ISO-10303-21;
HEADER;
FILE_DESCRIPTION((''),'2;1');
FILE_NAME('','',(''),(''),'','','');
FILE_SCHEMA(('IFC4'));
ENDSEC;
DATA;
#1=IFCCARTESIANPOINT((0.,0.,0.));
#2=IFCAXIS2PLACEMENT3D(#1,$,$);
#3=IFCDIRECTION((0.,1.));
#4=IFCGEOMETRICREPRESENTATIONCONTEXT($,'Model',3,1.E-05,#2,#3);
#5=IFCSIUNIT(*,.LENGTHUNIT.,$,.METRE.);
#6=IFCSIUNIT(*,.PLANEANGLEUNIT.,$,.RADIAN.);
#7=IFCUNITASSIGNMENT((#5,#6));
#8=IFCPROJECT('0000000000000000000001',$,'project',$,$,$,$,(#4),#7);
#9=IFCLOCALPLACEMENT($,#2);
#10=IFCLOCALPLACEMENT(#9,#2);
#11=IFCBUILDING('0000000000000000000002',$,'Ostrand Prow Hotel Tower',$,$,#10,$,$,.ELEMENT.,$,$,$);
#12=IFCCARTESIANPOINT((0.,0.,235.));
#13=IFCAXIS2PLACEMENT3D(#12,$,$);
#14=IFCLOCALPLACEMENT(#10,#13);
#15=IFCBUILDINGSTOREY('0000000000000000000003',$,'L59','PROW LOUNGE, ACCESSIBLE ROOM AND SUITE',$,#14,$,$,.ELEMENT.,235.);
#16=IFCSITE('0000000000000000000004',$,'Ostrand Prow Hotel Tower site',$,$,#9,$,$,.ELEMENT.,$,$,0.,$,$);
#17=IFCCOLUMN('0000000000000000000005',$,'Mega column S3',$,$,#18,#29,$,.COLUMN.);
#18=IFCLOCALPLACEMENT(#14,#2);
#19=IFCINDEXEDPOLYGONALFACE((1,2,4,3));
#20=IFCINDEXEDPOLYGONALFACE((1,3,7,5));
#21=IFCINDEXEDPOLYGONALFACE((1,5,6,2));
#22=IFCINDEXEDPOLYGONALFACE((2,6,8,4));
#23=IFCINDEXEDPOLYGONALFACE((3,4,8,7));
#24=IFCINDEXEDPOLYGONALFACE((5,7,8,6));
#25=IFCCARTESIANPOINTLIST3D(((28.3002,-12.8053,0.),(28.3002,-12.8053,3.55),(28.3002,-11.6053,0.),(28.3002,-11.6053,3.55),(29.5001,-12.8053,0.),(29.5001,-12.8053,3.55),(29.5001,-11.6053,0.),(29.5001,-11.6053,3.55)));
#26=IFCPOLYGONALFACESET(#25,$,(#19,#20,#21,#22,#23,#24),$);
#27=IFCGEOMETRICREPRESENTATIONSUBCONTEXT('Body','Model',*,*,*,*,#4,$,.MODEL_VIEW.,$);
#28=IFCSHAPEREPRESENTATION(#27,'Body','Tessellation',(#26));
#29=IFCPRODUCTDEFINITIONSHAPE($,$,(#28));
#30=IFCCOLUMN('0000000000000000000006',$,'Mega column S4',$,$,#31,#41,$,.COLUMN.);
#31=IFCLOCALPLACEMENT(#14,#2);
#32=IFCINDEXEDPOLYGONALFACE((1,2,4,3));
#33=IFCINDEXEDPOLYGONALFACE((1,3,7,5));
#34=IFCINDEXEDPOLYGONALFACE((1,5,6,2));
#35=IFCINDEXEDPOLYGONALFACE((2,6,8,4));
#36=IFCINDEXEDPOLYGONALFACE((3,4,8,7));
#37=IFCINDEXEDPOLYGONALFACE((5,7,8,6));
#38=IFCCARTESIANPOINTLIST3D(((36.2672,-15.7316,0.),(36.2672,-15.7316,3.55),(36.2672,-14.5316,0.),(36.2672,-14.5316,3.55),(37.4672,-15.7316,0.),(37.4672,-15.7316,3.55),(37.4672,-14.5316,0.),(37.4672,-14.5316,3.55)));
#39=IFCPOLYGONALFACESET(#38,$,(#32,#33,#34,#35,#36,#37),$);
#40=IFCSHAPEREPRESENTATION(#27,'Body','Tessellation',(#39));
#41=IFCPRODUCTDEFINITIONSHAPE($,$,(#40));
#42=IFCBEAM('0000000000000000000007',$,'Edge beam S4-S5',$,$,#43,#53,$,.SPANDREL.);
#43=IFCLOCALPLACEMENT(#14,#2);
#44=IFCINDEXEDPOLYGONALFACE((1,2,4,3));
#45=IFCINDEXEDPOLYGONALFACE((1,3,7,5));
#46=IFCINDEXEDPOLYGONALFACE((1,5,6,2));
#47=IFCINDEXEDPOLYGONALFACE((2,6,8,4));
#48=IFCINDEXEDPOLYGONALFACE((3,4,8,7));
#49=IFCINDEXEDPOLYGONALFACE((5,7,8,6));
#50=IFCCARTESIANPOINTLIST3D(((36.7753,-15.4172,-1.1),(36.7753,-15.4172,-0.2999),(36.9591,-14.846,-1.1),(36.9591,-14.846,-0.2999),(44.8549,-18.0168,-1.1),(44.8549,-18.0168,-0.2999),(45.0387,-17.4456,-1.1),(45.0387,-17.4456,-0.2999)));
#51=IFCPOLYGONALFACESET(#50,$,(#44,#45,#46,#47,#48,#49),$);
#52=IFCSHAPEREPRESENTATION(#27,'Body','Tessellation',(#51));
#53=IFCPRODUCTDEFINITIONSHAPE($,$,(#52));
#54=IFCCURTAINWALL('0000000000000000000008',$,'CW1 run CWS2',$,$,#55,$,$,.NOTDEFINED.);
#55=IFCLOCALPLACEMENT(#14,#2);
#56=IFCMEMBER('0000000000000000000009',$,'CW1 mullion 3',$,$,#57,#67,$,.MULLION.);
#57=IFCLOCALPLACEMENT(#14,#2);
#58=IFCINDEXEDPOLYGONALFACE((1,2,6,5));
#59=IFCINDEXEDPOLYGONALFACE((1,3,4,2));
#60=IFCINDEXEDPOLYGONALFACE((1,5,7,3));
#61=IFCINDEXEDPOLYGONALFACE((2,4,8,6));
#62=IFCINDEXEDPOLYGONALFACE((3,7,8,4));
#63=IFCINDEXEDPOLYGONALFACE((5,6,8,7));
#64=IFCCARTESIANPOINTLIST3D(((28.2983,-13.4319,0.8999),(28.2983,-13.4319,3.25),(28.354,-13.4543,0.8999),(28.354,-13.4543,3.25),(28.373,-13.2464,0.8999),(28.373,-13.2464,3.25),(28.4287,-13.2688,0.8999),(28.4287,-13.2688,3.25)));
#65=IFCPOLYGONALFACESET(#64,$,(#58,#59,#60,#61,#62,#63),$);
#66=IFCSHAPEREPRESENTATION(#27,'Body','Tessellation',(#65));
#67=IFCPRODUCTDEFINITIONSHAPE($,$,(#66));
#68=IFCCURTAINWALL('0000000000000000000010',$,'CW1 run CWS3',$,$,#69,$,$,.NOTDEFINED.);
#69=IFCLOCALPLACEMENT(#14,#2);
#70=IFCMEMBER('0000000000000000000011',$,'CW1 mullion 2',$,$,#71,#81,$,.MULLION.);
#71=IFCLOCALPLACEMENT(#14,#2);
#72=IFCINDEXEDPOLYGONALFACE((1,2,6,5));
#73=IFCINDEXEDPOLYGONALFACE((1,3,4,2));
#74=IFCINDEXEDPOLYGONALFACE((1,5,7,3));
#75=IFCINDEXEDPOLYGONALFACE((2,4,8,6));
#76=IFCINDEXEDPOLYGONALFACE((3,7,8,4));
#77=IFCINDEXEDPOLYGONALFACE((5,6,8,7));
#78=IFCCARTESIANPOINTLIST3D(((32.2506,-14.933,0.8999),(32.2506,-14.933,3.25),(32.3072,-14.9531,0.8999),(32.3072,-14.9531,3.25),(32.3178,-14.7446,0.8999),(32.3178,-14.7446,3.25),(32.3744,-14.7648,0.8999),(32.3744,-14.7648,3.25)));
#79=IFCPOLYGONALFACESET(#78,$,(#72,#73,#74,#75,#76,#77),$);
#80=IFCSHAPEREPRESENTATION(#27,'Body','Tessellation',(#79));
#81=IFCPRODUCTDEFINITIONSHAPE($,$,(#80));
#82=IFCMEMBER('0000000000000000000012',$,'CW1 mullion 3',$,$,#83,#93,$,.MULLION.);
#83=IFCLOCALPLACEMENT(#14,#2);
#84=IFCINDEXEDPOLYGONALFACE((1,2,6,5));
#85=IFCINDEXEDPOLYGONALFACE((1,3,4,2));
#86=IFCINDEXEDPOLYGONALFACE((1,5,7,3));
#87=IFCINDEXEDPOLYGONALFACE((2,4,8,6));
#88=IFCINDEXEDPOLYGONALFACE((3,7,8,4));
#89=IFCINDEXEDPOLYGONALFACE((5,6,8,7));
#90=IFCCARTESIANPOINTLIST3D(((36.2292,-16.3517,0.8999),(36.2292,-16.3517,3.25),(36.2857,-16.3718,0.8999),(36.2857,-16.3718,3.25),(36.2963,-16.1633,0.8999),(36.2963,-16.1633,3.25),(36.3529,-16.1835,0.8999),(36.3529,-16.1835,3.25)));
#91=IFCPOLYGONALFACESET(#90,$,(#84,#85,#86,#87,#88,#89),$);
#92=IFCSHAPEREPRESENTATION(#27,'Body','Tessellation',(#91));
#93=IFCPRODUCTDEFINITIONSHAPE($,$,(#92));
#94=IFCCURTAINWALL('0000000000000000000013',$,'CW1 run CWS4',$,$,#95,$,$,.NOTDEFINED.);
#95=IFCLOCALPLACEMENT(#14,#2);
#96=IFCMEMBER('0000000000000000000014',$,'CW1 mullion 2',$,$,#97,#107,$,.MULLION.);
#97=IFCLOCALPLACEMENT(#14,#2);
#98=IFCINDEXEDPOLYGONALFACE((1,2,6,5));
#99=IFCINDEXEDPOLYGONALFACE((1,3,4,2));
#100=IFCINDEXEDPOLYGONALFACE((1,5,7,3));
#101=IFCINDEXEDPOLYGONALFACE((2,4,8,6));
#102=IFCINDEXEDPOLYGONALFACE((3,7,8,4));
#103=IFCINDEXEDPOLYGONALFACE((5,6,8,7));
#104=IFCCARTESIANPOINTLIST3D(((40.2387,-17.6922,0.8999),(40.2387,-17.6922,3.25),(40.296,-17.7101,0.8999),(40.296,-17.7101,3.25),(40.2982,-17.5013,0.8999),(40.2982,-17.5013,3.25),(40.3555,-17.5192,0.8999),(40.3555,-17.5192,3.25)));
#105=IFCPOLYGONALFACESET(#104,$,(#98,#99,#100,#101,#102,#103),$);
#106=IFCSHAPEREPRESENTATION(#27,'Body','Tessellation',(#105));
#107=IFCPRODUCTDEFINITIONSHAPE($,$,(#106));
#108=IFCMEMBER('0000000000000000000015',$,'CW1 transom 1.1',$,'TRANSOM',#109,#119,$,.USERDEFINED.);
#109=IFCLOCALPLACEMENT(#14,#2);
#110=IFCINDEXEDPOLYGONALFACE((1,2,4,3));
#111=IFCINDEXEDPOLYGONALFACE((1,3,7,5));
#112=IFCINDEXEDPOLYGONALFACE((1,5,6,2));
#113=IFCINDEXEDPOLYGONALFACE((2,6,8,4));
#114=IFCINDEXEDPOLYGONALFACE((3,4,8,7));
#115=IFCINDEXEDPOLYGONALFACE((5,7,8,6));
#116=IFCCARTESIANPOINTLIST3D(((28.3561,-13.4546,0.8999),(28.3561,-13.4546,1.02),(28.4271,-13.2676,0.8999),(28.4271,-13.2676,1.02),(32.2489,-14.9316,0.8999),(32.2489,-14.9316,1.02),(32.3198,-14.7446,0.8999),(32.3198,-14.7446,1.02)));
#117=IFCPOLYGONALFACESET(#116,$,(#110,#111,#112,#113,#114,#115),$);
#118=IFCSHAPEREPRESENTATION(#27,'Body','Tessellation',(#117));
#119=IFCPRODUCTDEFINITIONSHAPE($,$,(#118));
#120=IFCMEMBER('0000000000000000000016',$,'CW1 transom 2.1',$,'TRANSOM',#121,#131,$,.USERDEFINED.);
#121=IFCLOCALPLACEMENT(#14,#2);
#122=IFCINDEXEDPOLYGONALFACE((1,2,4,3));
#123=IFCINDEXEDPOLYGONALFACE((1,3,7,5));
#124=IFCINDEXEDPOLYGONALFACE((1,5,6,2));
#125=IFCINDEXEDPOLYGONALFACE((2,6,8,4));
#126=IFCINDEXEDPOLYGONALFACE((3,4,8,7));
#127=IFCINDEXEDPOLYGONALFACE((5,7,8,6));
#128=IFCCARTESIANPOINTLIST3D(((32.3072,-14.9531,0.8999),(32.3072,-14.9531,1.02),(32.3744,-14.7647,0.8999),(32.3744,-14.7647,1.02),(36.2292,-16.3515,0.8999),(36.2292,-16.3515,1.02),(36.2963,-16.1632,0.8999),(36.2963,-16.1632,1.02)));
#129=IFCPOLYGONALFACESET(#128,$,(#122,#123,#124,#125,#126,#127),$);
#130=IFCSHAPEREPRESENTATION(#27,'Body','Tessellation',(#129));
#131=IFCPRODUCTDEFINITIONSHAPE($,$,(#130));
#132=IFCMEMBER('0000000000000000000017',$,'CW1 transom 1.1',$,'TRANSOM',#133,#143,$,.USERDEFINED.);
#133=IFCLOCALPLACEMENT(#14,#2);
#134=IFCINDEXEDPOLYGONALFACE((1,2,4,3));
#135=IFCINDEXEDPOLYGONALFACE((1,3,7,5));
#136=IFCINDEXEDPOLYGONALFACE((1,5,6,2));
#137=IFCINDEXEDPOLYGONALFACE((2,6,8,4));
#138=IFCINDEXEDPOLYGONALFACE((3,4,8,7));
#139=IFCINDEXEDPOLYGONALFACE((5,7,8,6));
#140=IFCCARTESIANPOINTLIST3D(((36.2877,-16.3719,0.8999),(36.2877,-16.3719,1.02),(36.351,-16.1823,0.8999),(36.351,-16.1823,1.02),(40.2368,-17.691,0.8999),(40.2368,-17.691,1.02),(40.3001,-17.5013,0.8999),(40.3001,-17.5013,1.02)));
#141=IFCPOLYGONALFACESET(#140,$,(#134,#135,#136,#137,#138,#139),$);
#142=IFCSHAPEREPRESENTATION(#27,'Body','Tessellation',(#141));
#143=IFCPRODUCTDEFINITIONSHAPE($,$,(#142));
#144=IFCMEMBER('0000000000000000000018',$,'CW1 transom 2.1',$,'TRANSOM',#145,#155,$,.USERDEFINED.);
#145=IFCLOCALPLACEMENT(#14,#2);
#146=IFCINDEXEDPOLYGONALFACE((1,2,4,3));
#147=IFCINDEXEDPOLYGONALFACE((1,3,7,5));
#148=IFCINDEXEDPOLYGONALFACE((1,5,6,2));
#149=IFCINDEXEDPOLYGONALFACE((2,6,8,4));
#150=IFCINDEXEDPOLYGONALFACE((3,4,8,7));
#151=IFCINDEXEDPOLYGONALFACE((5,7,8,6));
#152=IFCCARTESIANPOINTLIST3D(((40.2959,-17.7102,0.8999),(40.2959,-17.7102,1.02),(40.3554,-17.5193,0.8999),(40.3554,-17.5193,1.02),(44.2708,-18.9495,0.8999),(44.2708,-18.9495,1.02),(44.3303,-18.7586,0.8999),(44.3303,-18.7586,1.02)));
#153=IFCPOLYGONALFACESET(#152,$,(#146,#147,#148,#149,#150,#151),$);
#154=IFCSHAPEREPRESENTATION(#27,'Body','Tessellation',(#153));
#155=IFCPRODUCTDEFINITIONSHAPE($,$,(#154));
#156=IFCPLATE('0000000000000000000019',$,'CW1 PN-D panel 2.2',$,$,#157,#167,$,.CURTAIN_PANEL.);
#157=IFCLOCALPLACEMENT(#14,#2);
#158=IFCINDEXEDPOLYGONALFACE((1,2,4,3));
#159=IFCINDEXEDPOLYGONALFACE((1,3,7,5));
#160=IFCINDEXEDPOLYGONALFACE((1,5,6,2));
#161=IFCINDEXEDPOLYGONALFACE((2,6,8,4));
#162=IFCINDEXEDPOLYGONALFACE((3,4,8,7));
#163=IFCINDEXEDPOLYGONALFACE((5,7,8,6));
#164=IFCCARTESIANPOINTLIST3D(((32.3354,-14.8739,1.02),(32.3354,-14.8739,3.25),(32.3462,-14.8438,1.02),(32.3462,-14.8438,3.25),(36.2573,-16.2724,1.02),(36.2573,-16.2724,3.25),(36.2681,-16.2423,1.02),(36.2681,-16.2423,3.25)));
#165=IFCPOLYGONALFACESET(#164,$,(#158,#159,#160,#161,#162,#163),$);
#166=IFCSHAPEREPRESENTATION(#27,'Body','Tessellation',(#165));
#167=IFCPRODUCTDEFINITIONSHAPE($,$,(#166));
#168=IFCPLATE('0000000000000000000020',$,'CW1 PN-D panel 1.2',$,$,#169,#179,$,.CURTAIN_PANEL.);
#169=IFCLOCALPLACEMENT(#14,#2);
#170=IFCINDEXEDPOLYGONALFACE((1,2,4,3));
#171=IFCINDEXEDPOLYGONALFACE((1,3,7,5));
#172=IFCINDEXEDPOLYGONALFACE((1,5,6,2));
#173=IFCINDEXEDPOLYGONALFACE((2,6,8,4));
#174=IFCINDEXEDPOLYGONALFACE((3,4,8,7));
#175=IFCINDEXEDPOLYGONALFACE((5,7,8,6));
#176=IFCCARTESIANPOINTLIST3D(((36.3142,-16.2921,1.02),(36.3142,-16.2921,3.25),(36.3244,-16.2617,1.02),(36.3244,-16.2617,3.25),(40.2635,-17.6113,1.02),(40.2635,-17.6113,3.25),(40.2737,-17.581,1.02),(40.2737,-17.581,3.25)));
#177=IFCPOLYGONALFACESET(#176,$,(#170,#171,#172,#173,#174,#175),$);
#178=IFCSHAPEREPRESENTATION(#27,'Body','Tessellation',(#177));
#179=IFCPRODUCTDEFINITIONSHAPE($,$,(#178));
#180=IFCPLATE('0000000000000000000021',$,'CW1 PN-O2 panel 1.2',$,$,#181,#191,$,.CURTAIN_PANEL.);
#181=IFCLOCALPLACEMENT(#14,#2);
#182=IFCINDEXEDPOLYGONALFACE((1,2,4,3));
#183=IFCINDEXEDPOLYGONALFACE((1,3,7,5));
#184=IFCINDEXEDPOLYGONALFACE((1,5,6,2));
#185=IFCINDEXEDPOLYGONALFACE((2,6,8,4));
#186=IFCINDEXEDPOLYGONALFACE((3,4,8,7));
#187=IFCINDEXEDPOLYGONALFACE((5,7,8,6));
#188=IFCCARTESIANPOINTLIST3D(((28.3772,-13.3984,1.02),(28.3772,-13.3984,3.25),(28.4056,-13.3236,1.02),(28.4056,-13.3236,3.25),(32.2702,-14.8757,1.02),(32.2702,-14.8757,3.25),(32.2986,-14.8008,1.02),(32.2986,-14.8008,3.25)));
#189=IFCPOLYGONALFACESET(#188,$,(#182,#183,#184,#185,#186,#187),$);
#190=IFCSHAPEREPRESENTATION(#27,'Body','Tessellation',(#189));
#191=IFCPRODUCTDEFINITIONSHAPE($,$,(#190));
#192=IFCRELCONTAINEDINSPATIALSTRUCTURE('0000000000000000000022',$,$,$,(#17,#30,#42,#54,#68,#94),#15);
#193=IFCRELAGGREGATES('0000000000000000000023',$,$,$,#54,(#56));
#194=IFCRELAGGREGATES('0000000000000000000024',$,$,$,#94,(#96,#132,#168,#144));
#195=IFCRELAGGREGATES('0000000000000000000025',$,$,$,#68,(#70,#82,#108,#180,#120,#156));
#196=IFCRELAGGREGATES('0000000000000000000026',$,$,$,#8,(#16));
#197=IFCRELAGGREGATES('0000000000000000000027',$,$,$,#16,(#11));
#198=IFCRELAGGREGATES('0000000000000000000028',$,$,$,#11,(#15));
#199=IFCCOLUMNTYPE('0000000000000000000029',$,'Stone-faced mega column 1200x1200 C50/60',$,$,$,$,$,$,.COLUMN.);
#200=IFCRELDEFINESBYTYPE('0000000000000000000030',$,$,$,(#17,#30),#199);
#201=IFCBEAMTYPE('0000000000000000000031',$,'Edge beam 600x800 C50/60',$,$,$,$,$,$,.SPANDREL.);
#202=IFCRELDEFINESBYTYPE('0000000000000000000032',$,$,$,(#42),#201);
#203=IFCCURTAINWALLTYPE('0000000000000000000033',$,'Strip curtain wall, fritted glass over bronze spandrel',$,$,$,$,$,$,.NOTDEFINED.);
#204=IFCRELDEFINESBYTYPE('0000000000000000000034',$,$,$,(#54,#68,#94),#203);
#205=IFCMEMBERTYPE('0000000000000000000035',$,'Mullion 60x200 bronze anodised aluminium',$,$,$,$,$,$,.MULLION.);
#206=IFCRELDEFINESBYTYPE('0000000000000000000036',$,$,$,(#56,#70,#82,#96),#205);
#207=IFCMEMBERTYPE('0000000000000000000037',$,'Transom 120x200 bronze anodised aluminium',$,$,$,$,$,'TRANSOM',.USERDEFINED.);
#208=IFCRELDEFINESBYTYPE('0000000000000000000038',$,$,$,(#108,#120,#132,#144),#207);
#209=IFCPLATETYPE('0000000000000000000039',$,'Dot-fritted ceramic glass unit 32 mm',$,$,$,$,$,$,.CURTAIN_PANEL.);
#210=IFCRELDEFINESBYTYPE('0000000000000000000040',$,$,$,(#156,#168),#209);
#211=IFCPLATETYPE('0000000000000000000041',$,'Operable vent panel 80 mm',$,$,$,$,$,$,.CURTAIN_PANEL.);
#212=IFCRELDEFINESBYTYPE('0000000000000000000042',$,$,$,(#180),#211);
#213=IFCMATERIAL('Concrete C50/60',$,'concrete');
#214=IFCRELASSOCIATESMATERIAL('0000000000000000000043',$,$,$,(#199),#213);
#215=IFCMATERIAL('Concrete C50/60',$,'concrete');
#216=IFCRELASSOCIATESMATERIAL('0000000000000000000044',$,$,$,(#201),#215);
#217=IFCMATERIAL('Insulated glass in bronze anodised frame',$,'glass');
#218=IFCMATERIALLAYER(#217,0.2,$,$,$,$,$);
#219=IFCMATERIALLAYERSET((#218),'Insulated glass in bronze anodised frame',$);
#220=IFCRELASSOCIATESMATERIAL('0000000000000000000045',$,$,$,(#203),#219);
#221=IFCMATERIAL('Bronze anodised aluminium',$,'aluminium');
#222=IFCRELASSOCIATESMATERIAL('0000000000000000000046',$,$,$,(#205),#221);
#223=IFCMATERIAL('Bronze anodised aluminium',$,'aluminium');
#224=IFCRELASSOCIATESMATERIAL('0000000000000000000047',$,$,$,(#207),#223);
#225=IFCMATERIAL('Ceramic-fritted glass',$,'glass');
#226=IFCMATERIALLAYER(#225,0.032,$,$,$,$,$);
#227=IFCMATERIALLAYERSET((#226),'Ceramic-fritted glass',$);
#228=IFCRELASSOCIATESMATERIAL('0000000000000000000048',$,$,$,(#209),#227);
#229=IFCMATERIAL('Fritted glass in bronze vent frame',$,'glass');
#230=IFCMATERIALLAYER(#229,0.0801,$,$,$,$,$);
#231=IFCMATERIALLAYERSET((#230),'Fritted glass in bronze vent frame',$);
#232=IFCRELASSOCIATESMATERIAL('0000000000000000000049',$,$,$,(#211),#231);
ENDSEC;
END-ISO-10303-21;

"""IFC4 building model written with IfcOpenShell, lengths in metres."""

from ifc_helpers import new_model, si_unit, direction, frame, origin, origin_2d, place, context, subcontext, project, spatial, rectangle, extrude, material, layer, layer_set, material_profile, profile_set, type_object, element, aggregate, save


model = new_model("IFC4")

# Units and contexts
model_context = context("Model", 3, precision=1e-05, world=origin(), true_north=direction((0.0, 1.0)))
body_context = subcontext(model_context, "Body", "Model", "MODEL_VIEW")
ifc_project = project(units=[si_unit("LENGTHUNIT", "METRE"), si_unit("PLANEANGLEUNIT", "RADIAN")], contexts=[model_context])

# Site, building, storey
site_placement = place(None, origin())
site = spatial("IfcSite", under=ifc_project, at=site_placement, Name="Ostrand Prow Hotel Tower site", CompositionType="ELEMENT", RefElevation=0.0)
building_placement = place(site_placement, origin())
building = spatial("IfcBuilding", under=site, at=building_placement, Name="Ostrand Prow Hotel Tower", CompositionType="ELEMENT")
storey_placement = place(building_placement, frame((0.0, 0.0, 235.0)))
storey = spatial("IfcBuildingStorey", under=building, at=storey_placement, Name="L59", Description="PROW LOUNGE, ACCESSIBLE ROOM AND SUITE", CompositionType="ELEMENT", Elevation=235.0)

# Columns
ifc_material_1 = material(Name="Concrete C50/60", Category="concrete")
ifc_material_profile_1 = material_profile(ifc_material_1, rectangle(XDim=1.2, YDim=1.2, at=origin_2d()), Name="RC 1200x1200")
ifc_profile_set_1 = profile_set([ifc_material_profile_1], Name="Concrete C50/60")
column_type = type_object("IfcColumnType", Name="Stone-faced mega column 1200x1200 C50/60", PredefinedType="COLUMN", material=ifc_profile_set_1)
for number, where, z_axis, x_axis, name in (
    (1, (28.9001, -12.2053, 0.0), (0.0, 0.0, 1.0), (1.0, 0.0, 0.0), "Mega column S3"),
    (2, (36.8672, -15.1316, 0.0), (0.0, 0.0, 1.0), (1.0, 0.0, 0.0), "Mega column S4"),
):
    element("IfcColumn", number, at=place(storey_placement, frame(where, z_axis=z_axis, x_axis=x_axis)), inside=storey, type_object=column_type, Name=name, PredefinedType="COLUMN", context=body_context, shape_type="SweptSolid", body=[
        extrude(rectangle(XDim=1.2, YDim=1.2, at=origin_2d()), origin(), (0.0, 0.0, 1.0), 3.55),
    ])

# Beam
ifc_material_2 = material(Name="Concrete C50/60", Category="concrete")
ifc_material_profile_2 = material_profile(ifc_material_2, rectangle(XDim=0.6001, YDim=0.8, at=origin_2d()), Name="RC 600x800")
ifc_profile_set_2 = profile_set([ifc_material_profile_2], Name="Concrete C50/60")
beam_type = type_object("IfcBeamType", Name="Edge beam 600x800 C50/60", PredefinedType="SPANDREL", material=ifc_profile_set_2)
beam_placement = place(storey_placement, frame((36.8672, -15.1316, -0.7), z_axis=(0.951939, -0.306287, 0.0), x_axis=(0.306287, 0.951939, 0.0)))
element("IfcBeam", 3, at=beam_placement, inside=storey, type_object=beam_type, Name="Edge beam S4-S5", PredefinedType="SPANDREL", context=body_context, shape_type="SweptSolid", body=[
    extrude(rectangle(XDim=0.6001, YDim=0.8, at=origin_2d()), origin(), (0.0, 0.0, 1.0), 8.4875),
])

# Curtain wall, member
ifc_material_3 = material(Name="Insulated glass in bronze anodised frame", Category="glass")
ifc_layer_1 = layer(ifc_material_3, 0.2)
ifc_layer_set_1 = layer_set([ifc_layer_1], Name="Insulated glass in bronze anodised frame")
curtain_wall_type = type_object("IfcCurtainWallType", Name="Strip curtain wall, fritted glass over bronze spandrel", PredefinedType="NOTDEFINED", material=ifc_layer_set_1)
curtain_wall_1_placement = place(storey_placement, origin())
curtain_wall_1 = element("IfcCurtainWall", 4, at=curtain_wall_1_placement, inside=storey, type_object=curtain_wall_type, Name="CW1 run CWS2", PredefinedType="NOTDEFINED")
ifc_material_4 = material(Name="Bronze anodised aluminium", Category="aluminium")
ifc_material_profile_3 = material_profile(ifc_material_4, rectangle(XDim=0.2, YDim=0.0601, at=origin_2d()), Name="Mullion 60x200 bronze anodised aluminium")
ifc_profile_set_3 = profile_set([ifc_material_profile_3], Name="Bronze anodised aluminium")
member_type_1 = type_object("IfcMemberType", Name="Mullion 60x200 bronze anodised aluminium", PredefinedType="MULLION", material=ifc_profile_set_3)
member_1_placement = place(storey_placement, frame((28.3635, -13.3503, 0.8999), z_axis=(0.0, 0.0, 1.0), x_axis=(0.373533, 0.927617, 0.0)))
member_1 = element("IfcMember", 5, at=member_1_placement, type_object=member_type_1, Name="CW1 mullion 3", PredefinedType="MULLION", context=body_context, shape_type="SweptSolid", body=[
    extrude(rectangle(XDim=0.2, YDim=0.0601, at=origin_2d()), origin(), (0.0, 0.0, 1.0), 2.3501),
])
aggregate(curtain_wall_1, [member_1])

# Curtain wall, members
curtain_wall_2_placement = place(storey_placement, origin())
curtain_wall_2 = element("IfcCurtainWall", 6, at=curtain_wall_2_placement, inside=storey, type_object=curtain_wall_type, Name="CW1 run CWS3", PredefinedType="NOTDEFINED")
member_2_placement = place(storey_placement, frame((32.3125, -14.8489, 0.8999), z_axis=(0.0, 0.0, 1.0), x_axis=(0.335877, 0.941906, 0.0)))
member_2 = element("IfcMember", 7, at=member_2_placement, type_object=member_type_1, Name="CW1 mullion 2", PredefinedType="MULLION", context=body_context, shape_type="SweptSolid", body=[
    extrude(rectangle(XDim=0.2, YDim=0.0601, at=origin_2d()), origin(), (0.0, 0.0, 1.0), 2.3501),
])
member_3_placement = place(storey_placement, frame((36.291, -16.2676, 0.8999), z_axis=(0.0, 0.0, 1.0), x_axis=(0.335877, 0.941906, 0.0)))
member_3 = element("IfcMember", 8, at=member_3_placement, type_object=member_type_1, Name="CW1 mullion 3", PredefinedType="MULLION", context=body_context, shape_type="SweptSolid", body=[
    extrude(rectangle(XDim=0.2, YDim=0.0601, at=origin_2d()), origin(), (0.0, 0.0, 1.0), 2.3501),
])

# Curtain wall, member
curtain_wall_3_placement = place(storey_placement, origin())
curtain_wall_3 = element("IfcCurtainWall", 9, at=curtain_wall_3_placement, inside=storey, type_object=curtain_wall_type, Name="CW1 run CWS4", PredefinedType="NOTDEFINED")
member_4_placement = place(storey_placement, frame((40.2971, -17.6057, 0.8999), z_axis=(0.0, 0.0, 1.0), x_axis=(0.297678, 0.954666, 0.0)))
member_4 = element("IfcMember", 10, at=member_4_placement, type_object=member_type_1, Name="CW1 mullion 2", PredefinedType="MULLION", context=body_context, shape_type="SweptSolid", body=[
    extrude(rectangle(XDim=0.2, YDim=0.0601, at=origin_2d()), origin(), (0.0, 0.0, 1.0), 2.3501),
])

# Members
ifc_material_5 = material(Name="Bronze anodised aluminium", Category="aluminium")
ifc_material_profile_4 = material_profile(ifc_material_5, rectangle(XDim=0.2, YDim=0.1201, at=origin_2d()), Name="Transom 120x200 bronze anodised aluminium")
ifc_profile_set_4 = profile_set([ifc_material_profile_4], Name="Bronze anodised aluminium")
member_type_2 = type_object("IfcMemberType", Name="Transom 120x200 bronze anodised aluminium", ElementType="TRANSOM", PredefinedType="USERDEFINED", material=ifc_profile_set_4)
member_5_placement = place(storey_placement, frame((28.3916, -13.3611, 0.96), z_axis=(0.934961, -0.354751, 0.0), x_axis=(0.354751, 0.934961, 0.0)))
member_5 = element("IfcMember", 11, at=member_5_placement, type_object=member_type_2, Name="CW1 transom 1.1", ObjectType="TRANSOM", PredefinedType="USERDEFINED", context=body_context, shape_type="SweptSolid", body=[
    extrude(rectangle(XDim=0.2, YDim=0.1201, at=origin_2d()), origin(), (0.0, 0.0, 1.0), 4.1636),
])
member_6_placement = place(storey_placement, frame((32.3408, -14.8589, 0.96), z_axis=(0.941912, -0.335861, 0.0), x_axis=(0.335861, 0.941912, 0.0)))
member_6 = element("IfcMember", 12, at=member_6_placement, type_object=member_type_2, Name="CW1 transom 2.1", ObjectType="TRANSOM", PredefinedType="USERDEFINED", context=body_context, shape_type="SweptSolid", body=[
    extrude(rectangle(XDim=0.2, YDim=0.1201, at=origin_2d()), origin(), (0.0, 0.0, 1.0), 4.1638),
])
member_7_placement = place(storey_placement, frame((36.3193, -16.2771, 0.96), z_axis=(0.94849, -0.316808, 0.0), x_axis=(0.316808, 0.94849, 0.0)))
member_7 = element("IfcMember", 13, at=member_7_placement, type_object=member_type_2, Name="CW1 transom 1.1", ObjectType="TRANSOM", PredefinedType="USERDEFINED", context=body_context, shape_type="SweptSolid", body=[
    extrude(rectangle(XDim=0.2, YDim=0.1201, at=origin_2d()), origin(), (0.0, 0.0, 1.0), 4.1636),
])
member_8_placement = place(storey_placement, frame((40.3257, -17.6147, 0.96), z_axis=(0.954677, -0.297644, 0.0), x_axis=(0.297644, 0.954677, 0.0)))
member_8 = element("IfcMember", 14, at=member_8_placement, type_object=member_type_2, Name="CW1 transom 2.1", ObjectType="TRANSOM", PredefinedType="USERDEFINED", context=body_context, shape_type="SweptSolid", body=[
    extrude(rectangle(XDim=0.2, YDim=0.1201, at=origin_2d()), origin(), (0.0, 0.0, 1.0), 4.1636),
])

# Plates
ifc_material_6 = material(Name="Ceramic-fritted glass", Category="glass")
ifc_layer_2 = layer(ifc_material_6, 0.032)
ifc_layer_set_2 = layer_set([ifc_layer_2], Name="Ceramic-fritted glass")
plate_type_1 = type_object("IfcPlateType", Name="Dot-fritted ceramic glass unit 32 mm", PredefinedType="CURTAIN_PANEL", material=ifc_layer_set_2)
plate_1_placement = place(storey_placement, frame((34.3018, -15.5581, 1.02), z_axis=(0.0, 0.0, 1.0), x_axis=(0.941906, -0.335877, 0.0)))
plate_1 = element("IfcPlate", 15, at=plate_1_placement, type_object=plate_type_1, Name="CW1 PN-D panel 2.2", PredefinedType="CURTAIN_PANEL", context=body_context, shape_type="SweptSolid", body=[
    extrude(rectangle(XDim=4.1638, YDim=0.032, at=origin_2d()), origin(), (0.0, 0.0, 1.0), 2.23),
])
plate_2_placement = place(storey_placement, frame((38.2939, -16.9365, 1.02), z_axis=(0.0, 0.0, 1.0), x_axis=(0.948479, -0.316841, 0.0)))
plate_2 = element("IfcPlate", 16, at=plate_2_placement, type_object=plate_type_1, Name="CW1 PN-D panel 1.2", PredefinedType="CURTAIN_PANEL", context=body_context, shape_type="SweptSolid", body=[
    extrude(rectangle(XDim=4.1638, YDim=0.032, at=origin_2d()), origin(), (0.0, 0.0, 1.0), 2.23),
])
aggregate(curtain_wall_3, [member_4, member_7, plate_2, member_8])
ifc_material_7 = material(Name="Fritted glass in bronze vent frame", Category="glass")
ifc_layer_3 = layer(ifc_material_7, 0.0801)
ifc_layer_set_3 = layer_set([ifc_layer_3], Name="Fritted glass in bronze vent frame")
plate_type_2 = type_object("IfcPlateType", Name="Operable vent panel 80 mm", PredefinedType="CURTAIN_PANEL", material=ifc_layer_set_3)
plate_3_placement = place(storey_placement, frame((30.3379, -14.0996, 1.02), z_axis=(0.0, 0.0, 1.0), x_axis=(0.934951, -0.354777, 0.0)))
plate_3 = element("IfcPlate", 17, at=plate_3_placement, type_object=plate_type_2, Name="CW1 PN-O2 panel 1.2", PredefinedType="CURTAIN_PANEL", context=body_context, shape_type="SweptSolid", body=[
    extrude(rectangle(XDim=4.1638, YDim=0.0801, at=origin_2d()), origin(), (0.0, 0.0, 1.0), 2.23),
])
aggregate(curtain_wall_2, [member_2, member_3, member_5, plate_3, member_6, plate_1])

save(model, "model.ifc")
